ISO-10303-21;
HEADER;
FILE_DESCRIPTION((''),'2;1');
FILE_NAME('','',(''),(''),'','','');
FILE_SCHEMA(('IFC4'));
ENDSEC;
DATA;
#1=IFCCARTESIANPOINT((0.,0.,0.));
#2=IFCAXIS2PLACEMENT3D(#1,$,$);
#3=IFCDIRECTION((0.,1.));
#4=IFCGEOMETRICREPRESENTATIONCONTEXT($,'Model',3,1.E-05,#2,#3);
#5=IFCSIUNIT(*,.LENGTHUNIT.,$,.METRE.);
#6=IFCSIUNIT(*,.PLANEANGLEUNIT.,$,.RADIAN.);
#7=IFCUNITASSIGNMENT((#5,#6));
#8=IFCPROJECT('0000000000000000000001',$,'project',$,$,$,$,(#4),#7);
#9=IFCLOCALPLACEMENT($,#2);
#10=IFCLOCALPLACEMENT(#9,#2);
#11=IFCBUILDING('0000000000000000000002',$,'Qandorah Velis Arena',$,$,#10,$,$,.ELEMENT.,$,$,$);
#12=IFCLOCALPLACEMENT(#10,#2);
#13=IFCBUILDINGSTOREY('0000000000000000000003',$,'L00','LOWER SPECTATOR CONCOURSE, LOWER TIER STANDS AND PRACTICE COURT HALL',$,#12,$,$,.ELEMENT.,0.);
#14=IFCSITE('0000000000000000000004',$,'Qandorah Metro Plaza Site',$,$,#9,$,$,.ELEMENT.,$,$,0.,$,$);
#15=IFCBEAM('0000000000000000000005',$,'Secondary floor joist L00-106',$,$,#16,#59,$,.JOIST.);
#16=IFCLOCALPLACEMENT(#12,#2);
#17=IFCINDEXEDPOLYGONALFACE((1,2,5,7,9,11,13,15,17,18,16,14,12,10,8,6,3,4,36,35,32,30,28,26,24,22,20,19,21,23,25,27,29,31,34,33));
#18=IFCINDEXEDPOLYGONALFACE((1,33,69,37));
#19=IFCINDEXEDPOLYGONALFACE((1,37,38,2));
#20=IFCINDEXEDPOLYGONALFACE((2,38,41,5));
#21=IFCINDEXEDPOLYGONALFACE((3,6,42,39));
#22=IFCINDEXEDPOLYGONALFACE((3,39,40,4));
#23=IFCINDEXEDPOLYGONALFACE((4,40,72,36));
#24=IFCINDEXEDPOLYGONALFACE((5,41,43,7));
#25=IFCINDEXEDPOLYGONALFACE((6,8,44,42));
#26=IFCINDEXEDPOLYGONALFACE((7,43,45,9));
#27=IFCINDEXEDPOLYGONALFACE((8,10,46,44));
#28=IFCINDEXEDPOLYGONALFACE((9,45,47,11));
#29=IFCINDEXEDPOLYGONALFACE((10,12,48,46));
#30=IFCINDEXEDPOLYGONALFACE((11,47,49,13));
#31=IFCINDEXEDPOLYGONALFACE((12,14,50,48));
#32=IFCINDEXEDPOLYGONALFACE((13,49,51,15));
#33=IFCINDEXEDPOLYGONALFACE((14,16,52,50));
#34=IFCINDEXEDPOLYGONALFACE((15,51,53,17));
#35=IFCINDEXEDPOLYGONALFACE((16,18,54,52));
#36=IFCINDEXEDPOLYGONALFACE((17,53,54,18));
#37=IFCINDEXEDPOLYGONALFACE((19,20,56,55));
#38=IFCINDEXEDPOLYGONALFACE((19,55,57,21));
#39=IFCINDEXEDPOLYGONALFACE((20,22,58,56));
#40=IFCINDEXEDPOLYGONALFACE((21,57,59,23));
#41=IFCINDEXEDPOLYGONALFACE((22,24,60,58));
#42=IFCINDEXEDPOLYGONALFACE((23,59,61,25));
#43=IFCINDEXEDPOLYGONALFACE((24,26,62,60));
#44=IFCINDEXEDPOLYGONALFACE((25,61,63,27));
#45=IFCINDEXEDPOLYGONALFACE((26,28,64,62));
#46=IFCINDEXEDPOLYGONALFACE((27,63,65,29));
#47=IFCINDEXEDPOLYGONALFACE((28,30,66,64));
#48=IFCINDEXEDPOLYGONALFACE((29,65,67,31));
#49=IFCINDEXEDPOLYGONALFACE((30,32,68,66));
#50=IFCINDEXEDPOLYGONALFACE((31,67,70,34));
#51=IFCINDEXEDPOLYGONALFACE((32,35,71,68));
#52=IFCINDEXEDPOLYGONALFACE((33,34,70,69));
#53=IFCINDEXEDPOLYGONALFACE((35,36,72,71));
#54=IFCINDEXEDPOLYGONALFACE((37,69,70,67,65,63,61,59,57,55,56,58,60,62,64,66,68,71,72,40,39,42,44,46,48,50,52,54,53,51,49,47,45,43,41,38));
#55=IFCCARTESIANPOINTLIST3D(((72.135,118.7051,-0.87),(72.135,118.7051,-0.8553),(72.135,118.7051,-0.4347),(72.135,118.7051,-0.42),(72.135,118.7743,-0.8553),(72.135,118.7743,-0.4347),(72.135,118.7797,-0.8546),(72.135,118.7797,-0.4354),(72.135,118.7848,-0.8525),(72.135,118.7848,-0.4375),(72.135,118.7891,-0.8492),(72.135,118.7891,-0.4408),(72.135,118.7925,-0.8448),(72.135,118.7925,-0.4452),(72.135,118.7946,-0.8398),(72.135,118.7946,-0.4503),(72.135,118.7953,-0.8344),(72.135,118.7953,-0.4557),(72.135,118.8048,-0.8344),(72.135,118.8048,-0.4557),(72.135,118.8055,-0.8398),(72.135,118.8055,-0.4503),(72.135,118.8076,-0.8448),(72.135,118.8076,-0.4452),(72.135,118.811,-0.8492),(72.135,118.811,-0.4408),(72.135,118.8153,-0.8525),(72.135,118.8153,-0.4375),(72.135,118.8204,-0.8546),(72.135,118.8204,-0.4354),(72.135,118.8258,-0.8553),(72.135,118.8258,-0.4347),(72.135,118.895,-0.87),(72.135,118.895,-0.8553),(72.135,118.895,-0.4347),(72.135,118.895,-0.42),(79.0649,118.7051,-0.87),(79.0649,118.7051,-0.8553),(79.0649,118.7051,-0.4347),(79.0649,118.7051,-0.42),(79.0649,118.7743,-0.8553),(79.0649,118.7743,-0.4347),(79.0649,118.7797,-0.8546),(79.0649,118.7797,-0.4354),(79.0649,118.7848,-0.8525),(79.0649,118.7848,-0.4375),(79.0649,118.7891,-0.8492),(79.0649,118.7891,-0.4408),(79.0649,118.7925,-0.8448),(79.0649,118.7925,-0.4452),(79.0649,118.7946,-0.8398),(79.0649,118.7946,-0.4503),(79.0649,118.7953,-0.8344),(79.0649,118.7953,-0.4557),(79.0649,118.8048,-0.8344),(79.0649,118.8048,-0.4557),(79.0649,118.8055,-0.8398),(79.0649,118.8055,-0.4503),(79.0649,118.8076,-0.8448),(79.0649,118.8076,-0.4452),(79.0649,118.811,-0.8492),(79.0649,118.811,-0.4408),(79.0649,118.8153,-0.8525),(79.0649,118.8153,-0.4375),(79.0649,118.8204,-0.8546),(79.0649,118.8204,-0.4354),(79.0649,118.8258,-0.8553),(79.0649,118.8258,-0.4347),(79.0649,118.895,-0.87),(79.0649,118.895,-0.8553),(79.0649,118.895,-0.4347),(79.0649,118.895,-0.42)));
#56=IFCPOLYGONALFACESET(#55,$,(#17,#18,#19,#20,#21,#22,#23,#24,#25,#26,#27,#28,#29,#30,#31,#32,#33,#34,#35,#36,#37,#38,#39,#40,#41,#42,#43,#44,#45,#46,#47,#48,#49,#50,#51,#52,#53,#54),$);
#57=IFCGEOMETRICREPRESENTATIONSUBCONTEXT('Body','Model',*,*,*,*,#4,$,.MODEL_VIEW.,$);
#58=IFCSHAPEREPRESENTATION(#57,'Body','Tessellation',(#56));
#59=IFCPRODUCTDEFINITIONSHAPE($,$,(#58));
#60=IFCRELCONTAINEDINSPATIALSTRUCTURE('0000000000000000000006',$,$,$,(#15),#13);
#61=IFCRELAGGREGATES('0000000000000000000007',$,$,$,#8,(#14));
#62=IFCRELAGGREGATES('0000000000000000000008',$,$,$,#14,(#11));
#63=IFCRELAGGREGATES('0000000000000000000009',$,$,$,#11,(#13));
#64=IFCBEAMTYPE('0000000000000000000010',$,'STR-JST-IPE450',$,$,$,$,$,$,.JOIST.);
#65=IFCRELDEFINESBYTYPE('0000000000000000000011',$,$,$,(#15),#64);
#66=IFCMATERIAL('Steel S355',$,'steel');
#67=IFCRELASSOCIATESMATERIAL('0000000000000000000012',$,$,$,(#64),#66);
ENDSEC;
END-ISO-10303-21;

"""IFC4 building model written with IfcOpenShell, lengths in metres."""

from ifc_helpers import new_model, si_unit, direction, frame, origin, origin_2d, place, context, subcontext, project, spatial, i_section, extrude, material, material_profile, profile_set, type_object, element, save


model = new_model("IFC4")

# Units and contexts
model_context = context("Model", 3, precision=1e-05, world=origin(), true_north=direction((0.0, 1.0)))
body_context = subcontext(model_context, "Body", "Model", "MODEL_VIEW")
ifc_project = project(units=[si_unit("LENGTHUNIT", "METRE"), si_unit("PLANEANGLEUNIT", "RADIAN")], contexts=[model_context])

# Site, building, storey
site_placement = place(None, origin())
site = spatial("IfcSite", under=ifc_project, at=site_placement, Name="Qandorah Metro Plaza Site", CompositionType="ELEMENT", RefElevation=0.0)
building_placement = place(site_placement, origin())
building = spatial("IfcBuilding", under=site, at=building_placement, Name="Qandorah Velis Arena", CompositionType="ELEMENT")
storey_placement = place(building_placement, origin())
storey = spatial("IfcBuildingStorey", under=building, at=storey_placement, Name="L00", Description="LOWER SPECTATOR CONCOURSE, LOWER TIER STANDS AND PRACTICE COURT HALL", CompositionType="ELEMENT", Elevation=0.0)

# Beam
ifc_material_1 = material(Name="Steel S355", Category="steel")
ifc_material_profile_1 = material_profile(ifc_material_1, i_section(OverallWidth=0.1899, OverallDepth=0.45, WebThickness=0.0095, FlangeThickness=0.0146, FilletRadius=0.021, at=origin_2d()), Name="IPE 450")
ifc_profile_set_1 = profile_set([ifc_material_profile_1], Name="Steel S355")
beam_type_1 = type_object("IfcBeamType", Name="STR-JST-IPE450", PredefinedType="JOIST", material=ifc_profile_set_1)
for number, where, z_axis, x_axis, name in (
    (1, (72.135, 118.8, -0.645), (1.0, 0.0, 0.0), (0.0, 1.0, 0.0), "Secondary floor joist L00-106"),
):
    element("IfcBeam", number, at=place(storey_placement, frame(where, z_axis=z_axis, x_axis=x_axis)), inside=storey, type_object=beam_type_1, Name=name, PredefinedType="JOIST", context=body_context, shape_type="SweptSolid", body=[
        extrude(i_section(OverallWidth=0.1899, OverallDepth=0.45, WebThickness=0.0095, FlangeThickness=0.0146, FilletRadius=0.021, at=origin_2d()), origin(), (0.0, 0.0, 1.0), 6.9299),
    ])

save(model, "model.ifc")
